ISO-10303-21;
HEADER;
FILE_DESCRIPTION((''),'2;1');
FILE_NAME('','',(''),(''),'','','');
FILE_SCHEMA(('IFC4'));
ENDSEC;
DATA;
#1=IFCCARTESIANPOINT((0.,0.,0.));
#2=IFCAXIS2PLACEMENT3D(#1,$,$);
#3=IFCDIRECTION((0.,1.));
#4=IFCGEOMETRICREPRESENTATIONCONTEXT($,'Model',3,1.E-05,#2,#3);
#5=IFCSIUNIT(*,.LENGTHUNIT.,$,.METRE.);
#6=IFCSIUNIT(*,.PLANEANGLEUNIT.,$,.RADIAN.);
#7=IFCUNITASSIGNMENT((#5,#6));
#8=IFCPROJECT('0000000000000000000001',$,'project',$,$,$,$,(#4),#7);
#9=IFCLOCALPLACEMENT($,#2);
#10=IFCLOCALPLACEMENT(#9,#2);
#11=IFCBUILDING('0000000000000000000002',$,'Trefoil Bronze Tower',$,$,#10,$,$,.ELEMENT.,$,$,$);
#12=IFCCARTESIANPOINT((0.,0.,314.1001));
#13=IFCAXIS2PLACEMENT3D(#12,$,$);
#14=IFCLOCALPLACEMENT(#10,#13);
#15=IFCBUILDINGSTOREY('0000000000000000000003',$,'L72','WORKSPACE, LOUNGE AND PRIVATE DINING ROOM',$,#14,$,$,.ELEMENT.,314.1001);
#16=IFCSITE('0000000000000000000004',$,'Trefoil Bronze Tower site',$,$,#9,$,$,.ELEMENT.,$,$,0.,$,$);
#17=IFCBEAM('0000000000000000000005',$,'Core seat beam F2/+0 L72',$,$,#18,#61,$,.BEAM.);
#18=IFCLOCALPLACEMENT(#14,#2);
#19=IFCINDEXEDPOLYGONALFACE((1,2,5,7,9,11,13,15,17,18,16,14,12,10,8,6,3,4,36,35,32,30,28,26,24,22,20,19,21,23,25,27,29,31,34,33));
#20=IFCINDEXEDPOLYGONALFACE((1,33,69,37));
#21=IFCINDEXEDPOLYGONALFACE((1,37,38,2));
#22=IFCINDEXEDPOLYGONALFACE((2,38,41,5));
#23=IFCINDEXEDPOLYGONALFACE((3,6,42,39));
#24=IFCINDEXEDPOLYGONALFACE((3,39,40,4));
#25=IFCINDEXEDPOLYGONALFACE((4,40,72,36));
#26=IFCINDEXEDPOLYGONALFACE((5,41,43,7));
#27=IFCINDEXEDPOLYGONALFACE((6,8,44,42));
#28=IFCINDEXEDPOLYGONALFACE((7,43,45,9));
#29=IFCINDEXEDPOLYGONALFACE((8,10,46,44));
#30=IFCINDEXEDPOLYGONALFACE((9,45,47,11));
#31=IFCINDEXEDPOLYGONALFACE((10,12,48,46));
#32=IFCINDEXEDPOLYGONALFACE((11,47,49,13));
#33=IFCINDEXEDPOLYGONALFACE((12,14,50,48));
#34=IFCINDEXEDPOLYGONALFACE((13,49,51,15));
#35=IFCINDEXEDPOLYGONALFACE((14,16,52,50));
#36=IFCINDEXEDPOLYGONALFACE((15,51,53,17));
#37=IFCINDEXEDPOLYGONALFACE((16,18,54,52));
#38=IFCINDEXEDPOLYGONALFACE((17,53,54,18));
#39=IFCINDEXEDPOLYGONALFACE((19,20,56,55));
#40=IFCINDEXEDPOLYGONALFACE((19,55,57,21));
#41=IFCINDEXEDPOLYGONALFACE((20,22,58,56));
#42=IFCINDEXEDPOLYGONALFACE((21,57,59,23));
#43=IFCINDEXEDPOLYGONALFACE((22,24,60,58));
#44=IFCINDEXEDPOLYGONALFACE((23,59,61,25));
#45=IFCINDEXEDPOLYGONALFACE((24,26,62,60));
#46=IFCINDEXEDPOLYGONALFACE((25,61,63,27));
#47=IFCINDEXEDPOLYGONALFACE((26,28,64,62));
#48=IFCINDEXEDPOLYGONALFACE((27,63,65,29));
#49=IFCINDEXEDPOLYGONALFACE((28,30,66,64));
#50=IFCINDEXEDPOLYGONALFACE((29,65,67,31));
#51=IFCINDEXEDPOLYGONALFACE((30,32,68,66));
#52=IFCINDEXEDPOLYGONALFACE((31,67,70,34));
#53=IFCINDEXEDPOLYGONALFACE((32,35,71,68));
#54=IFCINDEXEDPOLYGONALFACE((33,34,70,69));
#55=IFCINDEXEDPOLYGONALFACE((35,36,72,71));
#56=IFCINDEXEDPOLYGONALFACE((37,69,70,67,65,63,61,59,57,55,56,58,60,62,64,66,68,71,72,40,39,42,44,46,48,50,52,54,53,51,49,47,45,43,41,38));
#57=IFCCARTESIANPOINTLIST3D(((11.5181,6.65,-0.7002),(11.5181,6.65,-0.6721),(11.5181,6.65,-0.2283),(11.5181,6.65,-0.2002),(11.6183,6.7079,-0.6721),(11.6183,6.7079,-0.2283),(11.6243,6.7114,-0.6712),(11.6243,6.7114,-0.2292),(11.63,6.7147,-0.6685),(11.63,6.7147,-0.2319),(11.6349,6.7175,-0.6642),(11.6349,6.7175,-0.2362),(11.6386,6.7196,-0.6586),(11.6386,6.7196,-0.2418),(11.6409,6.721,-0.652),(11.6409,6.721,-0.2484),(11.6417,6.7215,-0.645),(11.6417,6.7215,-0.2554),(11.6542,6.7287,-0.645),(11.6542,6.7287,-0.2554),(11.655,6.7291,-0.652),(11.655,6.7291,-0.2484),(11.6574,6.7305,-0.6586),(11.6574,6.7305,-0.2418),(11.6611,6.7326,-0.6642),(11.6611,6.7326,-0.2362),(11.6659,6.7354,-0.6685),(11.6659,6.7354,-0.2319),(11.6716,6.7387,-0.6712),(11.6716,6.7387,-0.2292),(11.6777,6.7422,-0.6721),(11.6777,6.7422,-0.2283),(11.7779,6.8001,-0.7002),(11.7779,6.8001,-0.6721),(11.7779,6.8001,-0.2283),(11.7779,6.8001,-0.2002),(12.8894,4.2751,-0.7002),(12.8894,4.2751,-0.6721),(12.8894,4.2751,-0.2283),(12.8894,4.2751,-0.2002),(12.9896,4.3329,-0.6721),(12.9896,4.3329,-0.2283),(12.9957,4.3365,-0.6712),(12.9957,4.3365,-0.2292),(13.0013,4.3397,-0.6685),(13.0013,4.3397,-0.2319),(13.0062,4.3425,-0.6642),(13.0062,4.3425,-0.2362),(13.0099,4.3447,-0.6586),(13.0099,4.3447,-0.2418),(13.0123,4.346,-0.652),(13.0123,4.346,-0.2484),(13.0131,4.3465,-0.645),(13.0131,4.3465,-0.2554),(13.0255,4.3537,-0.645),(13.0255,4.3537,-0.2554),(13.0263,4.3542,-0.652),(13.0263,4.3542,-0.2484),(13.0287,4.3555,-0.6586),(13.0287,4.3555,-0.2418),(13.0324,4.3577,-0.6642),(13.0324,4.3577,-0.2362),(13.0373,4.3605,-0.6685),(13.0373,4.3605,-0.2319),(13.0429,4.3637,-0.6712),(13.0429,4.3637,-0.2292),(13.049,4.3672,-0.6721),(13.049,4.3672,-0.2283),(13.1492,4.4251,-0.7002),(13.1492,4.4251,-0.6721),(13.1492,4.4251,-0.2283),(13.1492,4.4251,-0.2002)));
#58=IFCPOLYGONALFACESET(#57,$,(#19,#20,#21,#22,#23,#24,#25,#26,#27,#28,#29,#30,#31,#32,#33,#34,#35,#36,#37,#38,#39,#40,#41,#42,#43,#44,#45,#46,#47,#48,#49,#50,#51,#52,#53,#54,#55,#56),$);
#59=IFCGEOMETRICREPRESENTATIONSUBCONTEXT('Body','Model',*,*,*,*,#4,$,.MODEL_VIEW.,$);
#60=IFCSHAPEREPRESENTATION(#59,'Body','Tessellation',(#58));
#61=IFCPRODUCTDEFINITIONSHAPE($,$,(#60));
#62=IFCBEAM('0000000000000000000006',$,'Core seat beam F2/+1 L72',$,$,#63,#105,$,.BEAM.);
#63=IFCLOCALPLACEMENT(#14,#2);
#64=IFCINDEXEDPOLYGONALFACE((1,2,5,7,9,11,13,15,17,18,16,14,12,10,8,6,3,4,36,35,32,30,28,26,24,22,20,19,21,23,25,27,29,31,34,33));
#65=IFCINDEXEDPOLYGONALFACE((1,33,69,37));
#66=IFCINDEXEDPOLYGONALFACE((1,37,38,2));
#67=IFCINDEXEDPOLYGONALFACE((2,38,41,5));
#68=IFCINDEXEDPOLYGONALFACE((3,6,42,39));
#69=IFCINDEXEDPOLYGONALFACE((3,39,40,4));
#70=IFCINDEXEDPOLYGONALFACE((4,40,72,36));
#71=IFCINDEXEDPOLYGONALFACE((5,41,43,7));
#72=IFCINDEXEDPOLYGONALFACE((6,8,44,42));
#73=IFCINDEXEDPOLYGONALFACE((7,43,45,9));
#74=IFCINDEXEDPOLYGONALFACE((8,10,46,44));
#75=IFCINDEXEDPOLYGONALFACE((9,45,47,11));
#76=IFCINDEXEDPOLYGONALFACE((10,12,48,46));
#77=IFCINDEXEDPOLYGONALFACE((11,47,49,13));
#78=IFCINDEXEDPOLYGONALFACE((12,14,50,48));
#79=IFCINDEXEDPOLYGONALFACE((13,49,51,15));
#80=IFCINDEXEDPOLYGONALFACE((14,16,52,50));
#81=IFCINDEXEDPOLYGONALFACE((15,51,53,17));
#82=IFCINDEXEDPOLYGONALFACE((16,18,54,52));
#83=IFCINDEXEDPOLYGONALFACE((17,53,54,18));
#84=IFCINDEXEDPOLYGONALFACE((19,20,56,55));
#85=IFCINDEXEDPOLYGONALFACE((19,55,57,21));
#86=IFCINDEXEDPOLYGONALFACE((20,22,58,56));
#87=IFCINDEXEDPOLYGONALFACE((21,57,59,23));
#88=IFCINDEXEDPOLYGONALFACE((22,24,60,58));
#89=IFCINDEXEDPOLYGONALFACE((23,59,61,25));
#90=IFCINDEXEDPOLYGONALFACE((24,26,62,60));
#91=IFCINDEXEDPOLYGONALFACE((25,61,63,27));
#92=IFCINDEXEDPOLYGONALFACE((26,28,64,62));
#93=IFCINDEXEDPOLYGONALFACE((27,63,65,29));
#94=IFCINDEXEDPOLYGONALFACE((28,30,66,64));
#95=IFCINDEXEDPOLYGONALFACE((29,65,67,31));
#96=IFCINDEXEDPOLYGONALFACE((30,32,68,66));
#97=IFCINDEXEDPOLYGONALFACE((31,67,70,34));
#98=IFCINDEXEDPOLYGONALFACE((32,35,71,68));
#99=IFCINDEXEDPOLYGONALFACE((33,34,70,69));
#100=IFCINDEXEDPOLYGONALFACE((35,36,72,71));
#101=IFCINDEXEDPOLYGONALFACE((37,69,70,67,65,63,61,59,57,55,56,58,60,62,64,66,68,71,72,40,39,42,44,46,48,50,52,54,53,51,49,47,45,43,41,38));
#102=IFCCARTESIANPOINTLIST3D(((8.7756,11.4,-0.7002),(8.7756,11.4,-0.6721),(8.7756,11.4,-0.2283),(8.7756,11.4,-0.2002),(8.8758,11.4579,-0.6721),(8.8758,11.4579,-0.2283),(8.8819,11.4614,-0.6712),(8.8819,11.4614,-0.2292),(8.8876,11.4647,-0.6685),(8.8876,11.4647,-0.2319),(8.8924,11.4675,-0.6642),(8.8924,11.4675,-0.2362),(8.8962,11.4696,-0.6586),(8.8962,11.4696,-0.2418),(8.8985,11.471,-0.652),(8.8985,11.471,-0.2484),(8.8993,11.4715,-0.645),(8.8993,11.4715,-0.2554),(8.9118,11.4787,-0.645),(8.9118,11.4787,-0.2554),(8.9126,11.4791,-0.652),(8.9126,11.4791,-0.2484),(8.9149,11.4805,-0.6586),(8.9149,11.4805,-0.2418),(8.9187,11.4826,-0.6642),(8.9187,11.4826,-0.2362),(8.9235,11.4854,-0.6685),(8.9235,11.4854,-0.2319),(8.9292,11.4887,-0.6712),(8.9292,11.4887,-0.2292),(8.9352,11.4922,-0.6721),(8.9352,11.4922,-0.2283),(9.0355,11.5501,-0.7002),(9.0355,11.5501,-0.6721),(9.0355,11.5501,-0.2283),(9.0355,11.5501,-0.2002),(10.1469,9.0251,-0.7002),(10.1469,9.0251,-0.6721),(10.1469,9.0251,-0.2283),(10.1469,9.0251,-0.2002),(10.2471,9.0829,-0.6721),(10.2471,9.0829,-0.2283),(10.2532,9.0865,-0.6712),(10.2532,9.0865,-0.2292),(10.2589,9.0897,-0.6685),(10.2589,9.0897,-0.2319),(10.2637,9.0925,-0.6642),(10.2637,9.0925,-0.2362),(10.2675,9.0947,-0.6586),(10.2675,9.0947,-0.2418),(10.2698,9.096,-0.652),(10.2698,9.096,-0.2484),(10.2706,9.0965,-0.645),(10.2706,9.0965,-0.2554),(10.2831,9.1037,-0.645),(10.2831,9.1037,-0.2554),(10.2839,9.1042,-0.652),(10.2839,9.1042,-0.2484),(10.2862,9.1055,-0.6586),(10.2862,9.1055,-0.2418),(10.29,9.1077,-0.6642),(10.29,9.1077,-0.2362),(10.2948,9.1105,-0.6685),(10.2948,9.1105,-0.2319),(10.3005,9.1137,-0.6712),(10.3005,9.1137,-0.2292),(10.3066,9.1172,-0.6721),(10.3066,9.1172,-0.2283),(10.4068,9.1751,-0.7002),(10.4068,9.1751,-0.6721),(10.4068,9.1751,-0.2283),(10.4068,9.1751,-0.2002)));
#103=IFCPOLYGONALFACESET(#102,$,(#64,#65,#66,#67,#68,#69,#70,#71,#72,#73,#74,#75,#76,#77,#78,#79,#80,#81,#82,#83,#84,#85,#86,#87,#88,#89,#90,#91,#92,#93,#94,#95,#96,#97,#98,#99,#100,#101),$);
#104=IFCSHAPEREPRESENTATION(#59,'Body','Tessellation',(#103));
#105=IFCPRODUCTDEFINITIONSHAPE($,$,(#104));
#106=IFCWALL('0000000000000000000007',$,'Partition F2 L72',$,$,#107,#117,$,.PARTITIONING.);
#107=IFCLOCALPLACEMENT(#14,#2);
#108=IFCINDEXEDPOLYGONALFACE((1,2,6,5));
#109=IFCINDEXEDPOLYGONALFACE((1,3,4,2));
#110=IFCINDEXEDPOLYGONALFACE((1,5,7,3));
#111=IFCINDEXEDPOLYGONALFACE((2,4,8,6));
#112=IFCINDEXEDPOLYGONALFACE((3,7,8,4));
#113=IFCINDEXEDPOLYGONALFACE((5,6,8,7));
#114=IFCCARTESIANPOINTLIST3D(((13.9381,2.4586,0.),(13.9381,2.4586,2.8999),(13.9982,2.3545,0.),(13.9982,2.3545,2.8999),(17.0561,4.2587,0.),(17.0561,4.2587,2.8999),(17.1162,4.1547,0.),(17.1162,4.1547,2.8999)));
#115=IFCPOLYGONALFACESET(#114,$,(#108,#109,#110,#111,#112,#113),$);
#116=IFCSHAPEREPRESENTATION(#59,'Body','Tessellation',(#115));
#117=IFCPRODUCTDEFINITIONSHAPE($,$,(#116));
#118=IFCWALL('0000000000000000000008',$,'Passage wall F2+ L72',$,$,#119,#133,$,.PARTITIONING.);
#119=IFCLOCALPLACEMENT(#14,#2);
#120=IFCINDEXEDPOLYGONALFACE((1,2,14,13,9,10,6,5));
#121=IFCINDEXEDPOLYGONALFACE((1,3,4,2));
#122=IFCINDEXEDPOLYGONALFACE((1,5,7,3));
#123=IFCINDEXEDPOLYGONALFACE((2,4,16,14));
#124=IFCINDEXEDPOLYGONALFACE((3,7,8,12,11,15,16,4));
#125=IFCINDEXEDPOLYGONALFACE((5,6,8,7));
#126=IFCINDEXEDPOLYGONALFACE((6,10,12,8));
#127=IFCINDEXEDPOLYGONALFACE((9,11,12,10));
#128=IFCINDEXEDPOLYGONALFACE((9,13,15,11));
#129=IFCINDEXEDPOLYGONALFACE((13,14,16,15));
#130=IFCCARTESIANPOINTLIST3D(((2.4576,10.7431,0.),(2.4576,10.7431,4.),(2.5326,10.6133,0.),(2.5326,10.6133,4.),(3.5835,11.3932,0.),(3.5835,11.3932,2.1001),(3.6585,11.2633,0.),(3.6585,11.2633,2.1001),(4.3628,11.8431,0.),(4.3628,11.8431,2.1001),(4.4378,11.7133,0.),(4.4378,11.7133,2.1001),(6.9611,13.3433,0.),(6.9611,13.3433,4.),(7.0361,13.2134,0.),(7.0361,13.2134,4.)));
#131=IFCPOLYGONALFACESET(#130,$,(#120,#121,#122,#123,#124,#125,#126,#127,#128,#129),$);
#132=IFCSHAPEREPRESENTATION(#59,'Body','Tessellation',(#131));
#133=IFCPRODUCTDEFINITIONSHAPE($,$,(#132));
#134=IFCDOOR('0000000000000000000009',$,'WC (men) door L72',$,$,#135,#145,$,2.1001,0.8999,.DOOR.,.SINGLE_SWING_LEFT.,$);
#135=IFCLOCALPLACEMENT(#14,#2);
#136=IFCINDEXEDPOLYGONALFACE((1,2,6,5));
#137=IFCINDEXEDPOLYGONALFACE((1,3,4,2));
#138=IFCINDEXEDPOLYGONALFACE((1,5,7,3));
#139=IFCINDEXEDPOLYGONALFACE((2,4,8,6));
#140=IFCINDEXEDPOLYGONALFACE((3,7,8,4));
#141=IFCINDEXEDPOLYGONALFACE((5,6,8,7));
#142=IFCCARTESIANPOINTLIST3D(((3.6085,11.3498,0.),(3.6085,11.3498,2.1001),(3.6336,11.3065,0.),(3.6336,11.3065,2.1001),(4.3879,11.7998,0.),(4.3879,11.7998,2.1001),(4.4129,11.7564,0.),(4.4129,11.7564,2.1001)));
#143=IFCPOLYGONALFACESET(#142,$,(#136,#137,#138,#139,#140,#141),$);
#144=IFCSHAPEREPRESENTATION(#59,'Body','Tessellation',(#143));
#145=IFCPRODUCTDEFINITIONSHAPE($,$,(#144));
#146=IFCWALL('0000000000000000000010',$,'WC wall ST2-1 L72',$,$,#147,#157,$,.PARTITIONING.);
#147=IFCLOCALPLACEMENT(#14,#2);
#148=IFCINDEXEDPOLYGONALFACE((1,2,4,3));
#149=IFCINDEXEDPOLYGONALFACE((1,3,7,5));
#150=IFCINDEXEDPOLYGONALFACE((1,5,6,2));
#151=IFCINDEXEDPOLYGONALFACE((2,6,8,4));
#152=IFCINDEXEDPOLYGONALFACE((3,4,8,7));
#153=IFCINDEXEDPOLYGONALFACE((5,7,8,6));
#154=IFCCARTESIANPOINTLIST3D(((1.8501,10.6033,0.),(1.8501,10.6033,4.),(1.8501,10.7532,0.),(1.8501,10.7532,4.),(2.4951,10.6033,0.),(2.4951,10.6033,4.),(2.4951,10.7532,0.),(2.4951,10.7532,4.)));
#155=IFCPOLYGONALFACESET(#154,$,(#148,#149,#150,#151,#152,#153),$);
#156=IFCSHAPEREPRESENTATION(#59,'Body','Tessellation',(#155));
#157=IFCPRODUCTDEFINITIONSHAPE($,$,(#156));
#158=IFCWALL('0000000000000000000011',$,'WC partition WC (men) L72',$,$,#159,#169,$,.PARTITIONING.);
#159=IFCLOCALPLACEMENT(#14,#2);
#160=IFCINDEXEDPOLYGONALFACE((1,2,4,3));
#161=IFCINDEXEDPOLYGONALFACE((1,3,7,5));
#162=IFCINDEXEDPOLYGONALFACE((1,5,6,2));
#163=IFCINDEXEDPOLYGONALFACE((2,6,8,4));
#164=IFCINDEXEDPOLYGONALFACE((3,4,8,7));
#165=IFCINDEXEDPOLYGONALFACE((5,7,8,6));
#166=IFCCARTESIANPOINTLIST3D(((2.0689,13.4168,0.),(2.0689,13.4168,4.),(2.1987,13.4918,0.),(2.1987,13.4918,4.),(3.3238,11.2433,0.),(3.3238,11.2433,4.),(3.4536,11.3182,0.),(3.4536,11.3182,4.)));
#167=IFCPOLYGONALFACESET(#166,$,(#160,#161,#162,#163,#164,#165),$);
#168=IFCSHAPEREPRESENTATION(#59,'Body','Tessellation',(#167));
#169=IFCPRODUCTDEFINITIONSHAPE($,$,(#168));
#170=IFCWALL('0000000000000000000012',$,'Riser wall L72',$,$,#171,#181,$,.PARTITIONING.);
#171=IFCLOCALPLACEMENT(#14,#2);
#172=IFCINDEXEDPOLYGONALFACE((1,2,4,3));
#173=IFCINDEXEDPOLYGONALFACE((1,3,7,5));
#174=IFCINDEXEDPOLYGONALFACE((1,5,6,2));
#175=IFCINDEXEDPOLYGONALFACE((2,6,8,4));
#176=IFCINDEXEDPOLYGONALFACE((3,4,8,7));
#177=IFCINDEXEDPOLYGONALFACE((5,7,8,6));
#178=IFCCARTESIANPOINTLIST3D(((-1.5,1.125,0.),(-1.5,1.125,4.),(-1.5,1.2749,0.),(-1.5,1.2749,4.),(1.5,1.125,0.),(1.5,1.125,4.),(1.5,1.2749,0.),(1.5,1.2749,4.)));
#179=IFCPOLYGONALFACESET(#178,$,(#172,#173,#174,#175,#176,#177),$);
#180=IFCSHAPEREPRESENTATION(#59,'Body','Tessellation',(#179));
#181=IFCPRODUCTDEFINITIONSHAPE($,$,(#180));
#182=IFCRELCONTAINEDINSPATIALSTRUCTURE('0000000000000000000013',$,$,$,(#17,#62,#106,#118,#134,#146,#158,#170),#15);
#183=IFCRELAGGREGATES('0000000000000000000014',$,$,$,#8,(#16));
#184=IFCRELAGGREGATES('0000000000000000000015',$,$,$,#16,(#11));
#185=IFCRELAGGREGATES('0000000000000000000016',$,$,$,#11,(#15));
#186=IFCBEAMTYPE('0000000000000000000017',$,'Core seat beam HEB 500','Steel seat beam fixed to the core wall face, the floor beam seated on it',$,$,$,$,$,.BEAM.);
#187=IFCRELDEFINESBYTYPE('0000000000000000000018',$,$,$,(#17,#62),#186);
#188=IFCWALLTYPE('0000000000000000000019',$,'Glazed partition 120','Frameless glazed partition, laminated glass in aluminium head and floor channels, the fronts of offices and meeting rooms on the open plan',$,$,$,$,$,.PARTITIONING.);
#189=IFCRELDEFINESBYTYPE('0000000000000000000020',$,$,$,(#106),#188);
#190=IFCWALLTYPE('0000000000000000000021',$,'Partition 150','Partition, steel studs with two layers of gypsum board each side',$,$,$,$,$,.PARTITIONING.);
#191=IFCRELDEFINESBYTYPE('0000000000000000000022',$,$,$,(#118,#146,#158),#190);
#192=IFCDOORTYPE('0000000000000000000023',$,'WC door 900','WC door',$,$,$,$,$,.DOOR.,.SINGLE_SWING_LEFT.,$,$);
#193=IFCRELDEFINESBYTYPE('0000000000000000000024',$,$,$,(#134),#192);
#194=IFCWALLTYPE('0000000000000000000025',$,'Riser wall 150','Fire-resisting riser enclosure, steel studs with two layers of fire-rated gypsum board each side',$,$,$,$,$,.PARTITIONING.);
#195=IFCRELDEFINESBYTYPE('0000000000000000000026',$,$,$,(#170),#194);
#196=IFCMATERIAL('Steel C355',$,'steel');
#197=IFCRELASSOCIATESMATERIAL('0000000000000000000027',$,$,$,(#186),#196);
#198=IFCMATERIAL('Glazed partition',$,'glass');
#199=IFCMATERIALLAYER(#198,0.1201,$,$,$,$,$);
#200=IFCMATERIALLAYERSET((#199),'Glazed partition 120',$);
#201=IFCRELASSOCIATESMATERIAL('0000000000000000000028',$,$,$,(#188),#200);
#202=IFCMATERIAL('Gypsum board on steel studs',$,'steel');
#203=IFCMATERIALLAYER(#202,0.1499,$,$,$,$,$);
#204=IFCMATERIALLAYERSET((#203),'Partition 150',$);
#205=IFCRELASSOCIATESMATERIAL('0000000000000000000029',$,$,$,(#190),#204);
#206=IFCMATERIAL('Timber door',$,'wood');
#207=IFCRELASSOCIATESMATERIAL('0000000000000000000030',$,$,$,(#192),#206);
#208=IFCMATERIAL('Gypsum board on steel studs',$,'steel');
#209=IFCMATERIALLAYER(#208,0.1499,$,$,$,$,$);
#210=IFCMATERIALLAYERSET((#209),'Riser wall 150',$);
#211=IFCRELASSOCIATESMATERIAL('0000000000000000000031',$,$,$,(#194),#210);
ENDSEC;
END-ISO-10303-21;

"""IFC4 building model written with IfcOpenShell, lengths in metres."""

from ifc_helpers import new_model, si_unit, direction, frame, frame_2d, origin, origin_2d, place, context, subcontext, project, spatial, rectangle, i_section, extrude, material, layer, layer_set, material_profile, profile_set, type_object, element, fill, save


model = new_model("IFC4")

# Units and contexts
model_context = context("Model", 3, precision=1e-05, world=origin(), true_north=direction((0.0, 1.0)))
body_context = subcontext(model_context, "Body", "Model", "MODEL_VIEW")
ifc_project = project(units=[si_unit("LENGTHUNIT", "METRE"), si_unit("PLANEANGLEUNIT", "RADIAN")], contexts=[model_context])

# Site, building, storey
site_placement = place(None, origin())
site = spatial("IfcSite", under=ifc_project, at=site_placement, Name="Trefoil Bronze Tower site", CompositionType="ELEMENT", RefElevation=0.0)
building_placement = place(site_placement, origin())
building = spatial("IfcBuilding", under=site, at=building_placement, Name="Trefoil Bronze Tower", CompositionType="ELEMENT")
storey_placement = place(building_placement, frame((0.0, 0.0, 314.1001)))
storey = spatial("IfcBuildingStorey", under=building, at=storey_placement, Name="L72", Description="WORKSPACE, LOUNGE AND PRIVATE DINING ROOM", CompositionType="ELEMENT", Elevation=314.1001)

# Beams
ifc_material_1 = material(Name="Steel C355", Category="steel")
ifc_material_profile = material_profile(ifc_material_1, i_section(OverallWidth=0.3, OverallDepth=0.5, WebThickness=0.0144, FlangeThickness=0.0281, FilletRadius=0.0271, at=origin_2d()), Name="HEB 500")
ifc_profile_set = profile_set([ifc_material_profile], Name="Steel C355")
beam_type = type_object("IfcBeamType", Name="Core seat beam HEB 500", Description="Steel seat beam fixed to the core wall face, the floor beam seated on it", PredefinedType="BEAM", material=ifc_profile_set)
for number, where, z_axis, x_axis, name in (
    (1, (13.0193, 4.3501, -0.4502), (-0.500036, 0.866005, 0.0), (-0.866005, -0.500036, 0.0), "Core seat beam F2/+0 L72"),
    (2, (10.2769, 9.1001, -0.4502), (-0.500036, 0.866005, 0.0), (-0.866005, -0.500036, 0.0), "Core seat beam F2/+1 L72"),
):
    element("IfcBeam", number, at=place(storey_placement, frame(where, z_axis=z_axis, x_axis=x_axis)), inside=storey, type_object=beam_type, Name=name, PredefinedType="BEAM", context=body_context, shape_type="SweptSolid", body=[
        extrude(i_section(OverallWidth=0.3, OverallDepth=0.5, WebThickness=0.0144, FlangeThickness=0.0281, FilletRadius=0.0271, at=origin_2d()), origin(), (0.0, 0.0, 1.0), 2.7424),
    ])

# Wall
ifc_material_2 = material(Name="Glazed partition", Category="glass")
ifc_layer_1 = layer(ifc_material_2, 0.1201)
ifc_layer_set_1 = layer_set([ifc_layer_1], Name="Glazed partition 120")
wall_type_1 = type_object("IfcWallType", Name="Glazed partition 120", Description="Frameless glazed partition, laminated glass in aluminium head and floor channels, the fronts of offices and meeting rooms on the open plan", PredefinedType="PARTITIONING", material=ifc_layer_set_1)
wall_1_placement = place(storey_placement, frame((13.968, 2.4065, 0.0), z_axis=(0.0, 0.0, 1.0), x_axis=(0.866035, 0.499983, 0.0)))
element("IfcWall", 3, at=wall_1_placement, inside=storey, type_object=wall_type_1, Name="Partition F2 L72", PredefinedType="PARTITIONING", context=body_context, shape_type="SweptSolid", body=[
    extrude(rectangle(XDim=3.6003, YDim=0.1201, at=frame_2d((1.8003, 0.0))), origin(), (0.0, 0.0, 1.0), 2.8999),
])

# Wall, opening, door
ifc_material_3 = material(Name="Gypsum board on steel studs", Category="steel")
ifc_layer_2 = layer(ifc_material_3, 0.1499)
ifc_layer_set_2 = layer_set([ifc_layer_2], Name="Partition 150")
wall_type_2 = type_object("IfcWallType", Name="Partition 150", Description="Partition, steel studs with two layers of gypsum board each side", PredefinedType="PARTITIONING", material=ifc_layer_set_2)
wall_2_placement = place(storey_placement, frame((2.4951, 10.6782, 0.0), z_axis=(0.0, 0.0, 1.0), x_axis=(0.866021, 0.500007, 0.0)))
wall_2 = element("IfcWall", 4, at=wall_2_placement, inside=storey, type_object=wall_type_2, Name="Passage wall F2+ L72", PredefinedType="PARTITIONING", context=body_context, shape_type="SweptSolid", body=[
    extrude(rectangle(XDim=5.2002, YDim=0.1499, at=frame_2d((2.6001, 0.0))), origin(), (0.0, 0.0, 1.0), 4.0),
])
opening_1_placement = place(wall_2_placement, frame((1.3, 0.0, 0.0)))
opening_1 = element("IfcOpeningElement", 5, at=opening_1_placement, cuts=wall_2, PredefinedType="OPENING", context=body_context, shape_type="SweptSolid", body=[
    extrude(rectangle(XDim=0.8999, YDim=2.1001, at=frame_2d((0.45, 1.05))), frame((0.0, 0.085, 0.0), z_axis=(0.0, -1.0, 0.0), x_axis=(1.0, 0.0, 0.0)), (0.0, 0.0, 1.0), 0.1699),
])
ifc_material_4 = material(Name="Timber door", Category="wood")
door_type_1 = type_object("IfcDoorType", Name="WC door 900", Description="WC door", OperationType="SINGLE_SWING_LEFT", PredefinedType="DOOR", material=ifc_material_4)
door_1_placement = place(opening_1_placement, origin())
door_1 = element("IfcDoor", 6, at=door_1_placement, inside=storey, type_object=door_type_1, Name="WC (men) door L72", OperationType="SINGLE_SWING_LEFT", OverallHeight=2.1001, OverallWidth=0.8999, PredefinedType="DOOR", context=body_context, shape_type="SweptSolid", body=[
    extrude(rectangle(XDim=0.8999, YDim=2.1001, at=frame_2d((0.45, 1.05))), frame((0.0, 0.0249, 0.0), z_axis=(0.0, -1.0, 0.0), x_axis=(1.0, 0.0, 0.0)), (0.0, 0.0, 1.0), 0.05),
])
fill(opening_1, door_1)

# Walls
wall_3_placement = place(storey_placement, frame((2.4951, 10.6782, 0.0), z_axis=(0.0, 0.0, 1.0), x_axis=(-1.0, 0.0, 0.0)))
element("IfcWall", 7, at=wall_3_placement, inside=storey, type_object=wall_type_2, Name="WC wall ST2-1 L72", PredefinedType="PARTITIONING", context=body_context, shape_type="SweptSolid", body=[
    extrude(rectangle(XDim=0.645, YDim=0.1499, at=frame_2d((0.3225, 0.0))), origin(), (0.0, 0.0, 1.0), 4.0),
])
wall_4_placement = place(storey_placement, frame((3.3887, 11.2808, 0.0), z_axis=(0.0, 0.0, 1.0), x_axis=(-0.499989, 0.866032, 0.0)))
element("IfcWall", 8, at=wall_4_placement, inside=storey, type_object=wall_type_2, Name="WC partition WC (men) L72", PredefinedType="PARTITIONING", context=body_context, shape_type="SweptSolid", body=[
    extrude(rectangle(XDim=2.5098, YDim=0.1499, at=frame_2d((1.2549, 0.0))), origin(), (0.0, 0.0, 1.0), 4.0),
])
ifc_material_5 = material(Name="Gypsum board on steel studs", Category="steel")
ifc_layer_3 = layer(ifc_material_5, 0.1499)
ifc_layer_set_3 = layer_set([ifc_layer_3], Name="Riser wall 150")
wall_type_3 = type_object("IfcWallType", Name="Riser wall 150", Description="Fire-resisting riser enclosure, steel studs with two layers of fire-rated gypsum board each side", PredefinedType="PARTITIONING", material=ifc_layer_set_3)
wall_5_placement = place(storey_placement, frame((1.5, 1.2, 0.0), z_axis=(0.0, 0.0, 1.0), x_axis=(-1.0, 0.0, 0.0)))
element("IfcWall", 9, at=wall_5_placement, inside=storey, type_object=wall_type_3, Name="Riser wall L72", PredefinedType="PARTITIONING", context=body_context, shape_type="SweptSolid", body=[
    extrude(rectangle(XDim=3.0, YDim=0.1499, at=frame_2d((1.5, 0.0))), origin(), (0.0, 0.0, 1.0), 4.0),
])

save(model, "model.ifc")
